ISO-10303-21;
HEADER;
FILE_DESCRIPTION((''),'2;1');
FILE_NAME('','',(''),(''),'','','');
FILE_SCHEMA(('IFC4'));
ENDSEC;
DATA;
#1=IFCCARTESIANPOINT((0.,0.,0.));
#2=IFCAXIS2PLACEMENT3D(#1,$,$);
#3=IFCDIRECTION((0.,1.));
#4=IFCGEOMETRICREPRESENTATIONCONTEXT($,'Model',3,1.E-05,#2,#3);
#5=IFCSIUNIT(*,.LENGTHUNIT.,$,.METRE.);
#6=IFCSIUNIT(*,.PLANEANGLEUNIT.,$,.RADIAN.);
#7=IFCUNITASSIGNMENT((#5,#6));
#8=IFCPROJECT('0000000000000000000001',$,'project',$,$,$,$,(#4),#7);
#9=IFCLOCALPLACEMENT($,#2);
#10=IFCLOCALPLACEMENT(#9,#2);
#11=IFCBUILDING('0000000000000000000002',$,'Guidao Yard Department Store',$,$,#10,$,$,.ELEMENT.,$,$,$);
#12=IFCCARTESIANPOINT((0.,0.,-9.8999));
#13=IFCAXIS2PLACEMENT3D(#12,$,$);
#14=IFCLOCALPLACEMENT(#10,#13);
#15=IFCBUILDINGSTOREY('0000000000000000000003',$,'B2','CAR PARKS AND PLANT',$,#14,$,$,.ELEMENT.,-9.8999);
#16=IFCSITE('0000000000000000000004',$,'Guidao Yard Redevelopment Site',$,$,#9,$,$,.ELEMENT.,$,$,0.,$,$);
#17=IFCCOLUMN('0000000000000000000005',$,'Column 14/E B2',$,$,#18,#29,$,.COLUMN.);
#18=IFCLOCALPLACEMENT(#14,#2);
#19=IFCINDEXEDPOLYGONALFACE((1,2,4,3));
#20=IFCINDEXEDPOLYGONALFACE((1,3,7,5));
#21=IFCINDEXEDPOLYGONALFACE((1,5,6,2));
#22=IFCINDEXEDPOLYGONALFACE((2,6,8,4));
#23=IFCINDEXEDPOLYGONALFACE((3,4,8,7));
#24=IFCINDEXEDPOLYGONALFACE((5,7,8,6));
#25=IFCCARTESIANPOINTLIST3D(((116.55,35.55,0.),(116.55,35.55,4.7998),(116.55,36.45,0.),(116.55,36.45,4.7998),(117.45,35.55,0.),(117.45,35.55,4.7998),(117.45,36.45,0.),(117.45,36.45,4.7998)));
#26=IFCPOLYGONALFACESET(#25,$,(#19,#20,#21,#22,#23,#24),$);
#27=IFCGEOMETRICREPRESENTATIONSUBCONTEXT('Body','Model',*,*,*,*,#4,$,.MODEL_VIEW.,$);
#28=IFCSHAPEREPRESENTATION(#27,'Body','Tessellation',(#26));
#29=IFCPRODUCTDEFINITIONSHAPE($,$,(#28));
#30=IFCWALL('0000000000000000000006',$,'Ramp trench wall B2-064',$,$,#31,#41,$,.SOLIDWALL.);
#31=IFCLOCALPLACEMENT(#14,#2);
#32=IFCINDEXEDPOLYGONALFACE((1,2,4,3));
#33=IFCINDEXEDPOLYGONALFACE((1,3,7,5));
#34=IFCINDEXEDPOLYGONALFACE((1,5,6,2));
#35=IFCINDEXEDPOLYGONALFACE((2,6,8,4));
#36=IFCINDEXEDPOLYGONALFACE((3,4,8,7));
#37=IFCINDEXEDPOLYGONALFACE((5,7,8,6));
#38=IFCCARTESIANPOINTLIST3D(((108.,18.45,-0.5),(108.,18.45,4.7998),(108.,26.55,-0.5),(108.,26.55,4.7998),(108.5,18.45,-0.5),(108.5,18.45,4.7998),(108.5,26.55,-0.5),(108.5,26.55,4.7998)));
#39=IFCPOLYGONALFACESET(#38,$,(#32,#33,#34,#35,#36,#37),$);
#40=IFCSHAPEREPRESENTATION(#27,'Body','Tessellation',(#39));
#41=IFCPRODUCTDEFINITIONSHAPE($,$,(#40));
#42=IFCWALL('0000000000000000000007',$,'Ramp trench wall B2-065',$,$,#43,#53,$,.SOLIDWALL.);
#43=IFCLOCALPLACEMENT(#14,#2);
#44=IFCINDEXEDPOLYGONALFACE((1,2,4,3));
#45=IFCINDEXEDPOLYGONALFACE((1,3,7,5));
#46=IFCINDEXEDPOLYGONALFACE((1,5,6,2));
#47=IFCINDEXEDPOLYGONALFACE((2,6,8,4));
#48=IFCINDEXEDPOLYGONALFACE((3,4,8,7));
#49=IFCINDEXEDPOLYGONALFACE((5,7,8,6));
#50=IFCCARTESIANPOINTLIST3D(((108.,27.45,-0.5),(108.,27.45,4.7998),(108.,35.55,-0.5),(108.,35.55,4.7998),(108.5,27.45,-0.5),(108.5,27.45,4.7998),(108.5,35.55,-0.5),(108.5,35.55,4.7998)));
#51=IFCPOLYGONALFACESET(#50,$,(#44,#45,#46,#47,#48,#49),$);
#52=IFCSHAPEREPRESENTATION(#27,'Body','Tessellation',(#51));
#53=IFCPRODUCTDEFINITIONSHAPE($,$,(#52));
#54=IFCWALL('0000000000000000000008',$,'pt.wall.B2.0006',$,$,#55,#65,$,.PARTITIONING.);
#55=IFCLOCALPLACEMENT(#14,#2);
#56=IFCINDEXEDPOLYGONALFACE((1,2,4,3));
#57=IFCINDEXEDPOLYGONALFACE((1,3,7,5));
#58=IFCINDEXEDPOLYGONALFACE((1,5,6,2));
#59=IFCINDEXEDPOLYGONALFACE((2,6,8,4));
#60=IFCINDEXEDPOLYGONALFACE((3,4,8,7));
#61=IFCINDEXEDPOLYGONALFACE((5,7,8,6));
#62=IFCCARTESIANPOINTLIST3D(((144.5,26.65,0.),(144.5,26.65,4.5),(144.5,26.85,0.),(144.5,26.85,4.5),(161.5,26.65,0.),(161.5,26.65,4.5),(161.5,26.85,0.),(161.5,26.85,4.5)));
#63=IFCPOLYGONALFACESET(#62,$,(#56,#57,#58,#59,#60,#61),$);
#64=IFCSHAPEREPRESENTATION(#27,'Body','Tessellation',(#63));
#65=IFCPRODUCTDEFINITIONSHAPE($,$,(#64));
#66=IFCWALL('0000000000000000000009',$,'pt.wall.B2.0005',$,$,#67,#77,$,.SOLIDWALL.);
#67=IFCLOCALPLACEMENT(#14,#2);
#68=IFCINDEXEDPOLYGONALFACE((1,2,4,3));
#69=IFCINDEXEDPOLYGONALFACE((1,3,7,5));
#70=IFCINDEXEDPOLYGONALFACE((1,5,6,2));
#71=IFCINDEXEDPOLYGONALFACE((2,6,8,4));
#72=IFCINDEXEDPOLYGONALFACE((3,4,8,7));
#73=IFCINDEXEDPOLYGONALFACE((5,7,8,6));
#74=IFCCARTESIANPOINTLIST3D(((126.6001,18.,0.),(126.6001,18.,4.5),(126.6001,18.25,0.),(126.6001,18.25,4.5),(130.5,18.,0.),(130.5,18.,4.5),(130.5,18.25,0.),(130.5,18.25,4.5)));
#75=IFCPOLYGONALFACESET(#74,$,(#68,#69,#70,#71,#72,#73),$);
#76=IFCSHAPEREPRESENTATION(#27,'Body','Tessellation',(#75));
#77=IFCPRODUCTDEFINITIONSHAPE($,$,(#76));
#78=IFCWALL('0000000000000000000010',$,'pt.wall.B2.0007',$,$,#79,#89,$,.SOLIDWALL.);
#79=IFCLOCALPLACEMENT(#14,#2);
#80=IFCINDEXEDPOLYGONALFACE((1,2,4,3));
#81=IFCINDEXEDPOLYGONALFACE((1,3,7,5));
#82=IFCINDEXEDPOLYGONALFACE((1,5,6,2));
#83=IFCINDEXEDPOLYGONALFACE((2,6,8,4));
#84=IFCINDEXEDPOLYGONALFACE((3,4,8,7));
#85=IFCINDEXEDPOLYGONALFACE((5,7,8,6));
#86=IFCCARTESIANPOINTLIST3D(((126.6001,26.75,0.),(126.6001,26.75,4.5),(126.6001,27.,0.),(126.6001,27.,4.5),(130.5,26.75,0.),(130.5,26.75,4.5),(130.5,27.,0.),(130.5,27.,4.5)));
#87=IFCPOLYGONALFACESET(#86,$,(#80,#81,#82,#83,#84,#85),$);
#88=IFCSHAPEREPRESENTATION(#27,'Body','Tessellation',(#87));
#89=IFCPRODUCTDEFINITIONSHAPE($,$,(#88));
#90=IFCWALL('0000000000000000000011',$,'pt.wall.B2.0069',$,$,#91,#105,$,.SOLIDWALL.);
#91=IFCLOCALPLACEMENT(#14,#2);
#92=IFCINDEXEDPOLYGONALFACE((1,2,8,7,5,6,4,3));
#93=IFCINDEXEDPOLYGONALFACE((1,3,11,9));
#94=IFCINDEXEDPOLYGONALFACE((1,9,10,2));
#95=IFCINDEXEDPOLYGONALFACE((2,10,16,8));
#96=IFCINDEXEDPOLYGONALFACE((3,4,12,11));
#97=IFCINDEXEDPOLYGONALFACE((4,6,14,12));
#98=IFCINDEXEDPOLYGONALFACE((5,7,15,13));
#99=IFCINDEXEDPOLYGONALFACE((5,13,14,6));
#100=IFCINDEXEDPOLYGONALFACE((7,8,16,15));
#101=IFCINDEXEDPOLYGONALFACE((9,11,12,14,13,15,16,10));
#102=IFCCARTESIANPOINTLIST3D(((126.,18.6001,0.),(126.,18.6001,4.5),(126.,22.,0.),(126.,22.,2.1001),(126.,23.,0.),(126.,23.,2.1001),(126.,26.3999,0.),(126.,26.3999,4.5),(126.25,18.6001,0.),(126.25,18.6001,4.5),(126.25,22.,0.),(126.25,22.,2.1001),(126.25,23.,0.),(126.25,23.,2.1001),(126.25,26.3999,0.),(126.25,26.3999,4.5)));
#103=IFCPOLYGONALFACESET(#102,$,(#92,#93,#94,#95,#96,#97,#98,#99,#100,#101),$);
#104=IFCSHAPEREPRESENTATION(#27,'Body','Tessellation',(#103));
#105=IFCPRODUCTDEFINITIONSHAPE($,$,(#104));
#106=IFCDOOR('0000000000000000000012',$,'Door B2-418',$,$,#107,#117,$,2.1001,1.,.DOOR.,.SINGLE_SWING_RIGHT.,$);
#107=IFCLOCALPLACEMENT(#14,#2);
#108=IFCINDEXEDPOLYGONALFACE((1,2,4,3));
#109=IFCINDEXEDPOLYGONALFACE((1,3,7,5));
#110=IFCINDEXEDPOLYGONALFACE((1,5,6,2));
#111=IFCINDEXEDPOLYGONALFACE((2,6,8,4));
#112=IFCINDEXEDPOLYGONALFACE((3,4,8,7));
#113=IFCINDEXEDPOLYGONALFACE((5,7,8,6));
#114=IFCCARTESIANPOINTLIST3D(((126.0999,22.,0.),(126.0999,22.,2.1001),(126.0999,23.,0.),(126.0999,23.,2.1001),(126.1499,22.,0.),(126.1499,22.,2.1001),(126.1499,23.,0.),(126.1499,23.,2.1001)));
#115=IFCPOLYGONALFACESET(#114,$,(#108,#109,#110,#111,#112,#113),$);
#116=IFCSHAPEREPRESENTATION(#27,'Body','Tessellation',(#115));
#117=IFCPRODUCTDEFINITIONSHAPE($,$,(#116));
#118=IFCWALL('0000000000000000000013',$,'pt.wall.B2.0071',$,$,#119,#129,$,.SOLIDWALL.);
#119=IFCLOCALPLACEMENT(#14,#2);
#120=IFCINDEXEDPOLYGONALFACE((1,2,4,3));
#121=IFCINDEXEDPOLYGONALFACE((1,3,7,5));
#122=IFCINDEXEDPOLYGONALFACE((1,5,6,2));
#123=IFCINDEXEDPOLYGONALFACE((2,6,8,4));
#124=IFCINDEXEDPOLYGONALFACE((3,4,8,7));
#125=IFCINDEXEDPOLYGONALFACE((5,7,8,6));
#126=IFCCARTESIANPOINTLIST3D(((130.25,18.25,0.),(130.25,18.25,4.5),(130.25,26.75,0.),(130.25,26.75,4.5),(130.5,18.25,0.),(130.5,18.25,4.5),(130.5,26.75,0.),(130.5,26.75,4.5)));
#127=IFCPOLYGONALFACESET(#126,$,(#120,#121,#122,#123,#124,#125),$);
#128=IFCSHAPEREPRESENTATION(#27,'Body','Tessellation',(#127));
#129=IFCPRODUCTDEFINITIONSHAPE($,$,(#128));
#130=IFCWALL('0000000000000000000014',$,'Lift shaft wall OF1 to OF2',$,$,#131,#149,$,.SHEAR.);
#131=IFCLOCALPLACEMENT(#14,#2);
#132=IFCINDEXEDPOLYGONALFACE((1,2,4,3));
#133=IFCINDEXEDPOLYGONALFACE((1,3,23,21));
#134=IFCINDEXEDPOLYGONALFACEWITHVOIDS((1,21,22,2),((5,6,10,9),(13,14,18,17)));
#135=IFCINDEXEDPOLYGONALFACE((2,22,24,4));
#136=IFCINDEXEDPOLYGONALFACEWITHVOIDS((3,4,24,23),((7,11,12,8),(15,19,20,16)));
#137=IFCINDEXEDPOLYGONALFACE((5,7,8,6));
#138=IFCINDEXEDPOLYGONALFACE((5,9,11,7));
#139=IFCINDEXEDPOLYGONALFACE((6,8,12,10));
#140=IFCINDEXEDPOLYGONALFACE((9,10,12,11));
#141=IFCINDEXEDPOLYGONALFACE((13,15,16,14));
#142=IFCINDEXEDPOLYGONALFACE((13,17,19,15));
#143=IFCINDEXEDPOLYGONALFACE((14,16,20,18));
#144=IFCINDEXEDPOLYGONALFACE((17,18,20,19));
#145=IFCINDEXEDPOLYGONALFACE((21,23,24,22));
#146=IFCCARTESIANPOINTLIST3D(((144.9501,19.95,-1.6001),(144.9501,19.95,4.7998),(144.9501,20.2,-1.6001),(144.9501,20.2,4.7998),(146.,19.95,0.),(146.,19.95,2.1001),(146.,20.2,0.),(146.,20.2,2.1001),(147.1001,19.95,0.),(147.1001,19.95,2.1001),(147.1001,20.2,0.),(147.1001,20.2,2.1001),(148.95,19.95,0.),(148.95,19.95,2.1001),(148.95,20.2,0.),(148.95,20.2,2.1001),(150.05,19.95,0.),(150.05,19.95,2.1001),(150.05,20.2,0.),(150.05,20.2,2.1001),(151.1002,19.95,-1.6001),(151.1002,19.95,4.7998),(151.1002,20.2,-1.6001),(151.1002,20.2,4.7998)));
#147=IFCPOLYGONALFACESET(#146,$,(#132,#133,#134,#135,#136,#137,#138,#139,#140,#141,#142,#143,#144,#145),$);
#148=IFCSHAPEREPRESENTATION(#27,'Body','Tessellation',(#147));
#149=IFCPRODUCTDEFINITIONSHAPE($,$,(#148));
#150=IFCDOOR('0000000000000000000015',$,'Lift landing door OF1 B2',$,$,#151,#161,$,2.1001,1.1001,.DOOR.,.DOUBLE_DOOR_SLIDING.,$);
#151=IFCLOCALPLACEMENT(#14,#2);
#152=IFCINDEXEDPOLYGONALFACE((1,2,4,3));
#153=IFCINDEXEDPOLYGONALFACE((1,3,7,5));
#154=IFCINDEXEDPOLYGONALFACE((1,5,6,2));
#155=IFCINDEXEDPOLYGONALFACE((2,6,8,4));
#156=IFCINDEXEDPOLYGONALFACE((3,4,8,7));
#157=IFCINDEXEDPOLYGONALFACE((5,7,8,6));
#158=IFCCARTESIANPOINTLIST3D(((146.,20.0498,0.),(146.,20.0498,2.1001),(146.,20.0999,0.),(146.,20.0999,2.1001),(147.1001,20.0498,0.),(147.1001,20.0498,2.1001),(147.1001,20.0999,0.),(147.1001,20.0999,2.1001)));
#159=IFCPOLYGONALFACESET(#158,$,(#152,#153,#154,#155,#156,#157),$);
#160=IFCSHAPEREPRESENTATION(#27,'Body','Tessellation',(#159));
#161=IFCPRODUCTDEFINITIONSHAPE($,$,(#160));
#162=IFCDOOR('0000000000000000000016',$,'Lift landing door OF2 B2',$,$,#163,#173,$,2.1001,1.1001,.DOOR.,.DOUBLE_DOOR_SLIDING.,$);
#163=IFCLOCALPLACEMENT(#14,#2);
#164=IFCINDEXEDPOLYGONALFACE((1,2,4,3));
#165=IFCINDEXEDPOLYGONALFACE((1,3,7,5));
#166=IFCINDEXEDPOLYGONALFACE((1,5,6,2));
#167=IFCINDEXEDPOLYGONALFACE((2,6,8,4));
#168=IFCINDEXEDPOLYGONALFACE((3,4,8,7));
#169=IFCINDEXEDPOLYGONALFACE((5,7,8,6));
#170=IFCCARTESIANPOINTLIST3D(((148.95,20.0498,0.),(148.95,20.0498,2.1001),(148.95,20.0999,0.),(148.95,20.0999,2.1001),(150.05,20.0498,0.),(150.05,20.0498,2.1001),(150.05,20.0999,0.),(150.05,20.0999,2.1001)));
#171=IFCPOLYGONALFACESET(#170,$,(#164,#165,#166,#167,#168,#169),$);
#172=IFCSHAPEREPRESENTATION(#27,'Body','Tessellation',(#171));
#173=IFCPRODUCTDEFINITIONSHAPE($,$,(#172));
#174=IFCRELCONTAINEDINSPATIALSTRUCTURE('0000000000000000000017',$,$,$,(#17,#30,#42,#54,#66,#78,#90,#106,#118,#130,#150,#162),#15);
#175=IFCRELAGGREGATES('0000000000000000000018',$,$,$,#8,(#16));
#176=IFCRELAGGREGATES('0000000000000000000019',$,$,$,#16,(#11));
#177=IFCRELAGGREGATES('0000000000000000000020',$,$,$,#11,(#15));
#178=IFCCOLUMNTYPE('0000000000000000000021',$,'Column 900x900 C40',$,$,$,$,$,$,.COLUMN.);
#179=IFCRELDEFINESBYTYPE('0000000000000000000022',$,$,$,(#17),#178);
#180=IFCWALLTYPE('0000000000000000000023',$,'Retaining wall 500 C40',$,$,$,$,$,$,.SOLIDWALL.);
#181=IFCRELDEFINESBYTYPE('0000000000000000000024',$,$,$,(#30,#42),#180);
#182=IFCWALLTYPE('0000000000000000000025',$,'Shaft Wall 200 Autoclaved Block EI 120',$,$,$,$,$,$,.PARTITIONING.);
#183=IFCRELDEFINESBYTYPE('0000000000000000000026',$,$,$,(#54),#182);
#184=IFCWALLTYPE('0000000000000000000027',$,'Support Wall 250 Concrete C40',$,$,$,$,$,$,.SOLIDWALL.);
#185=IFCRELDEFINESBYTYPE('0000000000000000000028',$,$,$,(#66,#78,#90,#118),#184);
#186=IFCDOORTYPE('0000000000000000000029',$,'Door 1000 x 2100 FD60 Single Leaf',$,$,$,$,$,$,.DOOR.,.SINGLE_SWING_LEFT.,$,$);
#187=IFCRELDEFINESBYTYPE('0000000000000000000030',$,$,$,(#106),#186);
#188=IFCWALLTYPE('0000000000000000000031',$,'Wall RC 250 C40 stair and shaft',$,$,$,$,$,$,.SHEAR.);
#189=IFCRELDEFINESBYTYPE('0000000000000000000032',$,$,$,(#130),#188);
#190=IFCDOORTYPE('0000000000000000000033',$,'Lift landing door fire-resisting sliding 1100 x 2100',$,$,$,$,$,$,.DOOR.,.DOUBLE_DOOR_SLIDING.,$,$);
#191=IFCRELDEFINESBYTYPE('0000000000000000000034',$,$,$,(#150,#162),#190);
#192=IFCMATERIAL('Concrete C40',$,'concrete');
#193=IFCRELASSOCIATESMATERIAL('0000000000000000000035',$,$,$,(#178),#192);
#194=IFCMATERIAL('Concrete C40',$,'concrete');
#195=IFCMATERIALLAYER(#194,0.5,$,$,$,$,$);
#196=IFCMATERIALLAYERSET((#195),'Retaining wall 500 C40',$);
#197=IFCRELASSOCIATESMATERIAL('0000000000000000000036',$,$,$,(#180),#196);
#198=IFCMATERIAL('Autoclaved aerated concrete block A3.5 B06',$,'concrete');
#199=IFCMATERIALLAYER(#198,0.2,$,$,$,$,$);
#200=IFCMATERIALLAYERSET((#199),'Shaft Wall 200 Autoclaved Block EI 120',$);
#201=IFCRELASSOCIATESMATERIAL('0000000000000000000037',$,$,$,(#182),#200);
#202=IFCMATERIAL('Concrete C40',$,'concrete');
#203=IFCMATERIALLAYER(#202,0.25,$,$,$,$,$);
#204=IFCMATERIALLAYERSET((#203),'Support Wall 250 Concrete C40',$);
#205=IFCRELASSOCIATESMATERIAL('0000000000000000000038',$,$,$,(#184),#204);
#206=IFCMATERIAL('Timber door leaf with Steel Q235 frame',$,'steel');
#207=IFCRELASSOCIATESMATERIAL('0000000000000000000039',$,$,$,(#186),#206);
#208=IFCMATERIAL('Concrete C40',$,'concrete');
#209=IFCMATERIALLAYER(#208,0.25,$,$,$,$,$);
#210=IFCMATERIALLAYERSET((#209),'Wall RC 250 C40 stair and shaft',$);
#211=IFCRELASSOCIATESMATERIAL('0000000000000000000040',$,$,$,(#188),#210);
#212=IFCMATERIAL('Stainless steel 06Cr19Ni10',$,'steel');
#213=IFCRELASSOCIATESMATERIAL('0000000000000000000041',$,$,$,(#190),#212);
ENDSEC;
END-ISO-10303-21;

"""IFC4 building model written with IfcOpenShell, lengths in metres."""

from ifc_helpers import new_model, si_unit, direction, frame, frame_2d, origin, origin_2d, place, context, subcontext, project, spatial, rectangle, extrude, material, layer, layer_set, material_profile, profile_set, type_object, element, fill, save


model = new_model("IFC4")

# Units and contexts
model_context = context("Model", 3, precision=1e-05, world=origin(), true_north=direction((0.0, 1.0)))
body_context = subcontext(model_context, "Body", "Model", "MODEL_VIEW")
ifc_project = project(units=[si_unit("LENGTHUNIT", "METRE"), si_unit("PLANEANGLEUNIT", "RADIAN")], contexts=[model_context])

# Site, building, storey
site_placement = place(None, origin())
site = spatial("IfcSite", under=ifc_project, at=site_placement, Name="Guidao Yard Redevelopment Site", CompositionType="ELEMENT", RefElevation=0.0)
building_placement = place(site_placement, origin())
building = spatial("IfcBuilding", under=site, at=building_placement, Name="Guidao Yard Department Store", CompositionType="ELEMENT")
storey_placement = place(building_placement, frame((0.0, 0.0, -9.8999)))
storey = spatial("IfcBuildingStorey", under=building, at=storey_placement, Name="B2", Description="CAR PARKS AND PLANT", CompositionType="ELEMENT", Elevation=-9.8999)

# Column
ifc_material_1 = material(Name="Concrete C40", Category="concrete")
ifc_material_profile_1 = material_profile(ifc_material_1, rectangle(XDim=0.8999, YDim=0.8999, at=origin_2d()), Name="COL 900x900")
ifc_profile_set_1 = profile_set([ifc_material_profile_1], Name="Concrete C40")
column_type_1 = type_object("IfcColumnType", Name="Column 900x900 C40", PredefinedType="COLUMN", material=ifc_profile_set_1)
for number, where, z_axis, x_axis, name in (
    (1, (117.0, 36.0, 0.0), (0.0, 0.0, 1.0), (1.0, 0.0, 0.0), "Column 14/E B2"),
):
    element("IfcColumn", number, at=place(storey_placement, frame(where, z_axis=z_axis, x_axis=x_axis)), inside=storey, type_object=column_type_1, Name=name, PredefinedType="COLUMN", context=body_context, shape_type="SweptSolid", body=[
        extrude(rectangle(XDim=0.8999, YDim=0.8999, at=origin_2d()), origin(), (0.0, 0.0, 1.0), 4.7998),
    ])

# Walls
ifc_material_2 = material(Name="Concrete C40", Category="concrete")
ifc_layer_1 = layer(ifc_material_2, 0.5)
ifc_layer_set_1 = layer_set([ifc_layer_1], Name="Retaining wall 500 C40")
wall_type_1 = type_object("IfcWallType", Name="Retaining wall 500 C40", PredefinedType="SOLIDWALL", material=ifc_layer_set_1)
for number, where, z_axis, x_axis, name in (
    (2, (108.25, 18.45, -0.5), (0.0, 0.0, 1.0), (0.0, 1.0, 0.0), "Ramp trench wall B2-064"),
    (3, (108.25, 27.45, -0.5), (0.0, 0.0, 1.0), (0.0, 1.0, 0.0), "Ramp trench wall B2-065"),
):
    element("IfcWall", number, at=place(storey_placement, frame(where, z_axis=z_axis, x_axis=x_axis)), inside=storey, type_object=wall_type_1, Name=name, PredefinedType="SOLIDWALL", context=body_context, shape_type="SweptSolid", body=[
        extrude(rectangle(XDim=8.1001, YDim=0.5, at=frame_2d((4.05, 0.0))), origin(), (0.0, 0.0, 1.0), 5.2998),
    ])
ifc_material_3 = material(Name="Autoclaved aerated concrete block A3.5 B06", Category="concrete")
ifc_layer_2 = layer(ifc_material_3, 0.2)
ifc_layer_set_2 = layer_set([ifc_layer_2], Name="Shaft Wall 200 Autoclaved Block EI 120")
wall_type_2 = type_object("IfcWallType", Name="Shaft Wall 200 Autoclaved Block EI 120", PredefinedType="PARTITIONING", material=ifc_layer_set_2)
wall_1_placement = place(storey_placement, frame((144.5, 26.75, 0.0), z_axis=(0.0, 0.0, 1.0), x_axis=(1.0, 0.0, 0.0)))
element("IfcWall", 4, at=wall_1_placement, inside=storey, type_object=wall_type_2, Name="pt.wall.B2.0006", PredefinedType="PARTITIONING", context=body_context, shape_type="SweptSolid", body=[
    extrude(rectangle(XDim=17.0, YDim=0.2, at=frame_2d((8.5, 0.0))), origin(), (0.0, 0.0, 1.0), 4.5),
])
ifc_material_4 = material(Name="Concrete C40", Category="concrete")
ifc_layer_3 = layer(ifc_material_4, 0.25)
ifc_layer_set_3 = layer_set([ifc_layer_3], Name="Support Wall 250 Concrete C40")
wall_type_3 = type_object("IfcWallType", Name="Support Wall 250 Concrete C40", PredefinedType="SOLIDWALL", material=ifc_layer_set_3)
for number, where, z_axis, x_axis, name in (
    (5, (126.6001, 18.125, 0.0), (0.0, 0.0, 1.0), (1.0, 0.0, 0.0), "pt.wall.B2.0005"),
    (6, (126.6001, 26.875, 0.0), (0.0, 0.0, 1.0), (1.0, 0.0, 0.0), "pt.wall.B2.0007"),
):
    element("IfcWall", number, at=place(storey_placement, frame(where, z_axis=z_axis, x_axis=x_axis)), inside=storey, type_object=wall_type_3, Name=name, PredefinedType="SOLIDWALL", context=body_context, shape_type="SweptSolid", body=[
        extrude(rectangle(XDim=3.8999, YDim=0.25, at=frame_2d((1.95, 0.0))), origin(), (0.0, 0.0, 1.0), 4.5),
    ])

# Wall, opening, door
wall_2_placement = place(storey_placement, frame((126.125, 18.6001, 0.0), z_axis=(0.0, 0.0, 1.0), x_axis=(0.0, 1.0, 0.0)))
wall_2 = element("IfcWall", 7, at=wall_2_placement, inside=storey, type_object=wall_type_3, Name="pt.wall.B2.0069", PredefinedType="SOLIDWALL", context=body_context, shape_type="SweptSolid", body=[
    extrude(rectangle(XDim=7.7998, YDim=0.25, at=frame_2d((3.8999, 0.0))), origin(), (0.0, 0.0, 1.0), 4.5),
])
opening_1_placement = place(wall_2_placement, frame((4.3999, 0.0, 0.0), z_axis=(0.0, 0.0, 1.0), x_axis=(-1.0, 0.0, 0.0)))
opening_1 = element("IfcOpeningElement", 8, at=opening_1_placement, cuts=wall_2, PredefinedType="OPENING", context=body_context, shape_type="SweptSolid", body=[
    extrude(rectangle(XDim=1.0, YDim=2.1001, at=frame_2d((0.5, 1.05))), frame((0.0, 0.135, 0.0), z_axis=(0.0, -1.0, 0.0), x_axis=(1.0, 0.0, 0.0)), (0.0, 0.0, 1.0), 0.27),
])
ifc_material_5 = material(Name="Timber door leaf with Steel Q235 frame", Category="steel")
door_type_1 = type_object("IfcDoorType", Name="Door 1000 x 2100 FD60 Single Leaf", OperationType="SINGLE_SWING_LEFT", PredefinedType="DOOR", material=ifc_material_5)
door_1_placement = place(opening_1_placement, origin())
door_1 = element("IfcDoor", 9, at=door_1_placement, inside=storey, type_object=door_type_1, Name="Door B2-418", OperationType="SINGLE_SWING_RIGHT", OverallHeight=2.1001, OverallWidth=1.0, PredefinedType="DOOR", context=body_context, shape_type="SweptSolid", body=[
    extrude(rectangle(XDim=1.0, YDim=2.1001, at=frame_2d((0.5, 1.05))), frame((0.0, 0.0249, 0.0), z_axis=(0.0, -1.0, 0.0), x_axis=(1.0, 0.0, 0.0)), (0.0, 0.0, 1.0), 0.05),
])
fill(opening_1, door_1)

# Wall
wall_3_placement = place(storey_placement, frame((130.375, 18.25, 0.0), z_axis=(0.0, 0.0, 1.0), x_axis=(0.0, 1.0, 0.0)))
element("IfcWall", 10, at=wall_3_placement, inside=storey, type_object=wall_type_3, Name="pt.wall.B2.0071", PredefinedType="SOLIDWALL", context=body_context, shape_type="SweptSolid", body=[
    extrude(rectangle(XDim=8.5, YDim=0.25, at=frame_2d((4.25, 0.0))), origin(), (0.0, 0.0, 1.0), 4.5),
])

# Wall, openings, doors
ifc_material_6 = material(Name="Concrete C40", Category="concrete")
ifc_layer_4 = layer(ifc_material_6, 0.25)
ifc_layer_set_4 = layer_set([ifc_layer_4], Name="Wall RC 250 C40 stair and shaft")
wall_type_4 = type_object("IfcWallType", Name="Wall RC 250 C40 stair and shaft", PredefinedType="SHEAR", material=ifc_layer_set_4)
wall_4_placement = place(storey_placement, frame((144.95, 20.075, -1.6001), z_axis=(0.0, 0.0, 1.0), x_axis=(1.0, 0.0, 0.0)))
wall_4 = element("IfcWall", 11, at=wall_4_placement, inside=storey, type_object=wall_type_4, Name="Lift shaft wall OF1 to OF2", PredefinedType="SHEAR", context=body_context, shape_type="SweptSolid", body=[
    extrude(rectangle(XDim=6.1501, YDim=0.25, at=frame_2d((3.0752, 0.0))), origin(), (0.0, 0.0, 1.0), 6.3999),
])
opening_2_placement = place(wall_4_placement, frame((1.05, 0.0, 1.6001)))
opening_2 = element("IfcOpeningElement", 12, at=opening_2_placement, cuts=wall_4, PredefinedType="OPENING", context=body_context, shape_type="SweptSolid", body=[
    extrude(rectangle(XDim=1.1001, YDim=2.1001, at=frame_2d((0.55, 1.05))), frame((0.0, 0.135, 0.0), z_axis=(0.0, -1.0, 0.0), x_axis=(1.0, 0.0, 0.0)), (0.0, 0.0, 1.0), 0.27),
])
opening_3_placement = place(wall_4_placement, frame((4.0, 0.0, 1.6001)))
opening_3 = element("IfcOpeningElement", 13, at=opening_3_placement, cuts=wall_4, PredefinedType="OPENING", context=body_context, shape_type="SweptSolid", body=[
    extrude(rectangle(XDim=1.1001, YDim=2.1001, at=frame_2d((0.55, 1.05))), frame((0.0, 0.135, 0.0), z_axis=(0.0, -1.0, 0.0), x_axis=(1.0, 0.0, 0.0)), (0.0, 0.0, 1.0), 0.27),
])
ifc_material_7 = material(Name="Stainless steel 06Cr19Ni10", Category="steel")
door_type_2 = type_object("IfcDoorType", Name="Lift landing door fire-resisting sliding 1100 x 2100", OperationType="DOUBLE_DOOR_SLIDING", PredefinedType="DOOR", material=ifc_material_7)
door_2_placement = place(opening_2_placement, origin())
door_2 = element("IfcDoor", 14, at=door_2_placement, inside=storey, type_object=door_type_2, Name="Lift landing door OF1 B2", OperationType="DOUBLE_DOOR_SLIDING", OverallHeight=2.1001, OverallWidth=1.1001, PredefinedType="DOOR", context=body_context, shape_type="SweptSolid", body=[
    extrude(rectangle(XDim=1.1001, YDim=2.1001, at=frame_2d((0.55, 1.05))), frame((0.0, 0.0249, 0.0), z_axis=(0.0, -1.0, 0.0), x_axis=(1.0, 0.0, 0.0)), (0.0, 0.0, 1.0), 0.05),
])
fill(opening_2, door_2)
door_3_placement = place(opening_3_placement, origin())
door_3 = element("IfcDoor", 15, at=door_3_placement, inside=storey, type_object=door_type_2, Name="Lift landing door OF2 B2", OperationType="DOUBLE_DOOR_SLIDING", OverallHeight=2.1001, OverallWidth=1.1001, PredefinedType="DOOR", context=body_context, shape_type="SweptSolid", body=[
    extrude(rectangle(XDim=1.1001, YDim=2.1001, at=frame_2d((0.55, 1.05))), frame((0.0, 0.0249, 0.0), z_axis=(0.0, -1.0, 0.0), x_axis=(1.0, 0.0, 0.0)), (0.0, 0.0, 1.0), 0.05),
])
fill(opening_3, door_3)

save(model, "model.ifc")
